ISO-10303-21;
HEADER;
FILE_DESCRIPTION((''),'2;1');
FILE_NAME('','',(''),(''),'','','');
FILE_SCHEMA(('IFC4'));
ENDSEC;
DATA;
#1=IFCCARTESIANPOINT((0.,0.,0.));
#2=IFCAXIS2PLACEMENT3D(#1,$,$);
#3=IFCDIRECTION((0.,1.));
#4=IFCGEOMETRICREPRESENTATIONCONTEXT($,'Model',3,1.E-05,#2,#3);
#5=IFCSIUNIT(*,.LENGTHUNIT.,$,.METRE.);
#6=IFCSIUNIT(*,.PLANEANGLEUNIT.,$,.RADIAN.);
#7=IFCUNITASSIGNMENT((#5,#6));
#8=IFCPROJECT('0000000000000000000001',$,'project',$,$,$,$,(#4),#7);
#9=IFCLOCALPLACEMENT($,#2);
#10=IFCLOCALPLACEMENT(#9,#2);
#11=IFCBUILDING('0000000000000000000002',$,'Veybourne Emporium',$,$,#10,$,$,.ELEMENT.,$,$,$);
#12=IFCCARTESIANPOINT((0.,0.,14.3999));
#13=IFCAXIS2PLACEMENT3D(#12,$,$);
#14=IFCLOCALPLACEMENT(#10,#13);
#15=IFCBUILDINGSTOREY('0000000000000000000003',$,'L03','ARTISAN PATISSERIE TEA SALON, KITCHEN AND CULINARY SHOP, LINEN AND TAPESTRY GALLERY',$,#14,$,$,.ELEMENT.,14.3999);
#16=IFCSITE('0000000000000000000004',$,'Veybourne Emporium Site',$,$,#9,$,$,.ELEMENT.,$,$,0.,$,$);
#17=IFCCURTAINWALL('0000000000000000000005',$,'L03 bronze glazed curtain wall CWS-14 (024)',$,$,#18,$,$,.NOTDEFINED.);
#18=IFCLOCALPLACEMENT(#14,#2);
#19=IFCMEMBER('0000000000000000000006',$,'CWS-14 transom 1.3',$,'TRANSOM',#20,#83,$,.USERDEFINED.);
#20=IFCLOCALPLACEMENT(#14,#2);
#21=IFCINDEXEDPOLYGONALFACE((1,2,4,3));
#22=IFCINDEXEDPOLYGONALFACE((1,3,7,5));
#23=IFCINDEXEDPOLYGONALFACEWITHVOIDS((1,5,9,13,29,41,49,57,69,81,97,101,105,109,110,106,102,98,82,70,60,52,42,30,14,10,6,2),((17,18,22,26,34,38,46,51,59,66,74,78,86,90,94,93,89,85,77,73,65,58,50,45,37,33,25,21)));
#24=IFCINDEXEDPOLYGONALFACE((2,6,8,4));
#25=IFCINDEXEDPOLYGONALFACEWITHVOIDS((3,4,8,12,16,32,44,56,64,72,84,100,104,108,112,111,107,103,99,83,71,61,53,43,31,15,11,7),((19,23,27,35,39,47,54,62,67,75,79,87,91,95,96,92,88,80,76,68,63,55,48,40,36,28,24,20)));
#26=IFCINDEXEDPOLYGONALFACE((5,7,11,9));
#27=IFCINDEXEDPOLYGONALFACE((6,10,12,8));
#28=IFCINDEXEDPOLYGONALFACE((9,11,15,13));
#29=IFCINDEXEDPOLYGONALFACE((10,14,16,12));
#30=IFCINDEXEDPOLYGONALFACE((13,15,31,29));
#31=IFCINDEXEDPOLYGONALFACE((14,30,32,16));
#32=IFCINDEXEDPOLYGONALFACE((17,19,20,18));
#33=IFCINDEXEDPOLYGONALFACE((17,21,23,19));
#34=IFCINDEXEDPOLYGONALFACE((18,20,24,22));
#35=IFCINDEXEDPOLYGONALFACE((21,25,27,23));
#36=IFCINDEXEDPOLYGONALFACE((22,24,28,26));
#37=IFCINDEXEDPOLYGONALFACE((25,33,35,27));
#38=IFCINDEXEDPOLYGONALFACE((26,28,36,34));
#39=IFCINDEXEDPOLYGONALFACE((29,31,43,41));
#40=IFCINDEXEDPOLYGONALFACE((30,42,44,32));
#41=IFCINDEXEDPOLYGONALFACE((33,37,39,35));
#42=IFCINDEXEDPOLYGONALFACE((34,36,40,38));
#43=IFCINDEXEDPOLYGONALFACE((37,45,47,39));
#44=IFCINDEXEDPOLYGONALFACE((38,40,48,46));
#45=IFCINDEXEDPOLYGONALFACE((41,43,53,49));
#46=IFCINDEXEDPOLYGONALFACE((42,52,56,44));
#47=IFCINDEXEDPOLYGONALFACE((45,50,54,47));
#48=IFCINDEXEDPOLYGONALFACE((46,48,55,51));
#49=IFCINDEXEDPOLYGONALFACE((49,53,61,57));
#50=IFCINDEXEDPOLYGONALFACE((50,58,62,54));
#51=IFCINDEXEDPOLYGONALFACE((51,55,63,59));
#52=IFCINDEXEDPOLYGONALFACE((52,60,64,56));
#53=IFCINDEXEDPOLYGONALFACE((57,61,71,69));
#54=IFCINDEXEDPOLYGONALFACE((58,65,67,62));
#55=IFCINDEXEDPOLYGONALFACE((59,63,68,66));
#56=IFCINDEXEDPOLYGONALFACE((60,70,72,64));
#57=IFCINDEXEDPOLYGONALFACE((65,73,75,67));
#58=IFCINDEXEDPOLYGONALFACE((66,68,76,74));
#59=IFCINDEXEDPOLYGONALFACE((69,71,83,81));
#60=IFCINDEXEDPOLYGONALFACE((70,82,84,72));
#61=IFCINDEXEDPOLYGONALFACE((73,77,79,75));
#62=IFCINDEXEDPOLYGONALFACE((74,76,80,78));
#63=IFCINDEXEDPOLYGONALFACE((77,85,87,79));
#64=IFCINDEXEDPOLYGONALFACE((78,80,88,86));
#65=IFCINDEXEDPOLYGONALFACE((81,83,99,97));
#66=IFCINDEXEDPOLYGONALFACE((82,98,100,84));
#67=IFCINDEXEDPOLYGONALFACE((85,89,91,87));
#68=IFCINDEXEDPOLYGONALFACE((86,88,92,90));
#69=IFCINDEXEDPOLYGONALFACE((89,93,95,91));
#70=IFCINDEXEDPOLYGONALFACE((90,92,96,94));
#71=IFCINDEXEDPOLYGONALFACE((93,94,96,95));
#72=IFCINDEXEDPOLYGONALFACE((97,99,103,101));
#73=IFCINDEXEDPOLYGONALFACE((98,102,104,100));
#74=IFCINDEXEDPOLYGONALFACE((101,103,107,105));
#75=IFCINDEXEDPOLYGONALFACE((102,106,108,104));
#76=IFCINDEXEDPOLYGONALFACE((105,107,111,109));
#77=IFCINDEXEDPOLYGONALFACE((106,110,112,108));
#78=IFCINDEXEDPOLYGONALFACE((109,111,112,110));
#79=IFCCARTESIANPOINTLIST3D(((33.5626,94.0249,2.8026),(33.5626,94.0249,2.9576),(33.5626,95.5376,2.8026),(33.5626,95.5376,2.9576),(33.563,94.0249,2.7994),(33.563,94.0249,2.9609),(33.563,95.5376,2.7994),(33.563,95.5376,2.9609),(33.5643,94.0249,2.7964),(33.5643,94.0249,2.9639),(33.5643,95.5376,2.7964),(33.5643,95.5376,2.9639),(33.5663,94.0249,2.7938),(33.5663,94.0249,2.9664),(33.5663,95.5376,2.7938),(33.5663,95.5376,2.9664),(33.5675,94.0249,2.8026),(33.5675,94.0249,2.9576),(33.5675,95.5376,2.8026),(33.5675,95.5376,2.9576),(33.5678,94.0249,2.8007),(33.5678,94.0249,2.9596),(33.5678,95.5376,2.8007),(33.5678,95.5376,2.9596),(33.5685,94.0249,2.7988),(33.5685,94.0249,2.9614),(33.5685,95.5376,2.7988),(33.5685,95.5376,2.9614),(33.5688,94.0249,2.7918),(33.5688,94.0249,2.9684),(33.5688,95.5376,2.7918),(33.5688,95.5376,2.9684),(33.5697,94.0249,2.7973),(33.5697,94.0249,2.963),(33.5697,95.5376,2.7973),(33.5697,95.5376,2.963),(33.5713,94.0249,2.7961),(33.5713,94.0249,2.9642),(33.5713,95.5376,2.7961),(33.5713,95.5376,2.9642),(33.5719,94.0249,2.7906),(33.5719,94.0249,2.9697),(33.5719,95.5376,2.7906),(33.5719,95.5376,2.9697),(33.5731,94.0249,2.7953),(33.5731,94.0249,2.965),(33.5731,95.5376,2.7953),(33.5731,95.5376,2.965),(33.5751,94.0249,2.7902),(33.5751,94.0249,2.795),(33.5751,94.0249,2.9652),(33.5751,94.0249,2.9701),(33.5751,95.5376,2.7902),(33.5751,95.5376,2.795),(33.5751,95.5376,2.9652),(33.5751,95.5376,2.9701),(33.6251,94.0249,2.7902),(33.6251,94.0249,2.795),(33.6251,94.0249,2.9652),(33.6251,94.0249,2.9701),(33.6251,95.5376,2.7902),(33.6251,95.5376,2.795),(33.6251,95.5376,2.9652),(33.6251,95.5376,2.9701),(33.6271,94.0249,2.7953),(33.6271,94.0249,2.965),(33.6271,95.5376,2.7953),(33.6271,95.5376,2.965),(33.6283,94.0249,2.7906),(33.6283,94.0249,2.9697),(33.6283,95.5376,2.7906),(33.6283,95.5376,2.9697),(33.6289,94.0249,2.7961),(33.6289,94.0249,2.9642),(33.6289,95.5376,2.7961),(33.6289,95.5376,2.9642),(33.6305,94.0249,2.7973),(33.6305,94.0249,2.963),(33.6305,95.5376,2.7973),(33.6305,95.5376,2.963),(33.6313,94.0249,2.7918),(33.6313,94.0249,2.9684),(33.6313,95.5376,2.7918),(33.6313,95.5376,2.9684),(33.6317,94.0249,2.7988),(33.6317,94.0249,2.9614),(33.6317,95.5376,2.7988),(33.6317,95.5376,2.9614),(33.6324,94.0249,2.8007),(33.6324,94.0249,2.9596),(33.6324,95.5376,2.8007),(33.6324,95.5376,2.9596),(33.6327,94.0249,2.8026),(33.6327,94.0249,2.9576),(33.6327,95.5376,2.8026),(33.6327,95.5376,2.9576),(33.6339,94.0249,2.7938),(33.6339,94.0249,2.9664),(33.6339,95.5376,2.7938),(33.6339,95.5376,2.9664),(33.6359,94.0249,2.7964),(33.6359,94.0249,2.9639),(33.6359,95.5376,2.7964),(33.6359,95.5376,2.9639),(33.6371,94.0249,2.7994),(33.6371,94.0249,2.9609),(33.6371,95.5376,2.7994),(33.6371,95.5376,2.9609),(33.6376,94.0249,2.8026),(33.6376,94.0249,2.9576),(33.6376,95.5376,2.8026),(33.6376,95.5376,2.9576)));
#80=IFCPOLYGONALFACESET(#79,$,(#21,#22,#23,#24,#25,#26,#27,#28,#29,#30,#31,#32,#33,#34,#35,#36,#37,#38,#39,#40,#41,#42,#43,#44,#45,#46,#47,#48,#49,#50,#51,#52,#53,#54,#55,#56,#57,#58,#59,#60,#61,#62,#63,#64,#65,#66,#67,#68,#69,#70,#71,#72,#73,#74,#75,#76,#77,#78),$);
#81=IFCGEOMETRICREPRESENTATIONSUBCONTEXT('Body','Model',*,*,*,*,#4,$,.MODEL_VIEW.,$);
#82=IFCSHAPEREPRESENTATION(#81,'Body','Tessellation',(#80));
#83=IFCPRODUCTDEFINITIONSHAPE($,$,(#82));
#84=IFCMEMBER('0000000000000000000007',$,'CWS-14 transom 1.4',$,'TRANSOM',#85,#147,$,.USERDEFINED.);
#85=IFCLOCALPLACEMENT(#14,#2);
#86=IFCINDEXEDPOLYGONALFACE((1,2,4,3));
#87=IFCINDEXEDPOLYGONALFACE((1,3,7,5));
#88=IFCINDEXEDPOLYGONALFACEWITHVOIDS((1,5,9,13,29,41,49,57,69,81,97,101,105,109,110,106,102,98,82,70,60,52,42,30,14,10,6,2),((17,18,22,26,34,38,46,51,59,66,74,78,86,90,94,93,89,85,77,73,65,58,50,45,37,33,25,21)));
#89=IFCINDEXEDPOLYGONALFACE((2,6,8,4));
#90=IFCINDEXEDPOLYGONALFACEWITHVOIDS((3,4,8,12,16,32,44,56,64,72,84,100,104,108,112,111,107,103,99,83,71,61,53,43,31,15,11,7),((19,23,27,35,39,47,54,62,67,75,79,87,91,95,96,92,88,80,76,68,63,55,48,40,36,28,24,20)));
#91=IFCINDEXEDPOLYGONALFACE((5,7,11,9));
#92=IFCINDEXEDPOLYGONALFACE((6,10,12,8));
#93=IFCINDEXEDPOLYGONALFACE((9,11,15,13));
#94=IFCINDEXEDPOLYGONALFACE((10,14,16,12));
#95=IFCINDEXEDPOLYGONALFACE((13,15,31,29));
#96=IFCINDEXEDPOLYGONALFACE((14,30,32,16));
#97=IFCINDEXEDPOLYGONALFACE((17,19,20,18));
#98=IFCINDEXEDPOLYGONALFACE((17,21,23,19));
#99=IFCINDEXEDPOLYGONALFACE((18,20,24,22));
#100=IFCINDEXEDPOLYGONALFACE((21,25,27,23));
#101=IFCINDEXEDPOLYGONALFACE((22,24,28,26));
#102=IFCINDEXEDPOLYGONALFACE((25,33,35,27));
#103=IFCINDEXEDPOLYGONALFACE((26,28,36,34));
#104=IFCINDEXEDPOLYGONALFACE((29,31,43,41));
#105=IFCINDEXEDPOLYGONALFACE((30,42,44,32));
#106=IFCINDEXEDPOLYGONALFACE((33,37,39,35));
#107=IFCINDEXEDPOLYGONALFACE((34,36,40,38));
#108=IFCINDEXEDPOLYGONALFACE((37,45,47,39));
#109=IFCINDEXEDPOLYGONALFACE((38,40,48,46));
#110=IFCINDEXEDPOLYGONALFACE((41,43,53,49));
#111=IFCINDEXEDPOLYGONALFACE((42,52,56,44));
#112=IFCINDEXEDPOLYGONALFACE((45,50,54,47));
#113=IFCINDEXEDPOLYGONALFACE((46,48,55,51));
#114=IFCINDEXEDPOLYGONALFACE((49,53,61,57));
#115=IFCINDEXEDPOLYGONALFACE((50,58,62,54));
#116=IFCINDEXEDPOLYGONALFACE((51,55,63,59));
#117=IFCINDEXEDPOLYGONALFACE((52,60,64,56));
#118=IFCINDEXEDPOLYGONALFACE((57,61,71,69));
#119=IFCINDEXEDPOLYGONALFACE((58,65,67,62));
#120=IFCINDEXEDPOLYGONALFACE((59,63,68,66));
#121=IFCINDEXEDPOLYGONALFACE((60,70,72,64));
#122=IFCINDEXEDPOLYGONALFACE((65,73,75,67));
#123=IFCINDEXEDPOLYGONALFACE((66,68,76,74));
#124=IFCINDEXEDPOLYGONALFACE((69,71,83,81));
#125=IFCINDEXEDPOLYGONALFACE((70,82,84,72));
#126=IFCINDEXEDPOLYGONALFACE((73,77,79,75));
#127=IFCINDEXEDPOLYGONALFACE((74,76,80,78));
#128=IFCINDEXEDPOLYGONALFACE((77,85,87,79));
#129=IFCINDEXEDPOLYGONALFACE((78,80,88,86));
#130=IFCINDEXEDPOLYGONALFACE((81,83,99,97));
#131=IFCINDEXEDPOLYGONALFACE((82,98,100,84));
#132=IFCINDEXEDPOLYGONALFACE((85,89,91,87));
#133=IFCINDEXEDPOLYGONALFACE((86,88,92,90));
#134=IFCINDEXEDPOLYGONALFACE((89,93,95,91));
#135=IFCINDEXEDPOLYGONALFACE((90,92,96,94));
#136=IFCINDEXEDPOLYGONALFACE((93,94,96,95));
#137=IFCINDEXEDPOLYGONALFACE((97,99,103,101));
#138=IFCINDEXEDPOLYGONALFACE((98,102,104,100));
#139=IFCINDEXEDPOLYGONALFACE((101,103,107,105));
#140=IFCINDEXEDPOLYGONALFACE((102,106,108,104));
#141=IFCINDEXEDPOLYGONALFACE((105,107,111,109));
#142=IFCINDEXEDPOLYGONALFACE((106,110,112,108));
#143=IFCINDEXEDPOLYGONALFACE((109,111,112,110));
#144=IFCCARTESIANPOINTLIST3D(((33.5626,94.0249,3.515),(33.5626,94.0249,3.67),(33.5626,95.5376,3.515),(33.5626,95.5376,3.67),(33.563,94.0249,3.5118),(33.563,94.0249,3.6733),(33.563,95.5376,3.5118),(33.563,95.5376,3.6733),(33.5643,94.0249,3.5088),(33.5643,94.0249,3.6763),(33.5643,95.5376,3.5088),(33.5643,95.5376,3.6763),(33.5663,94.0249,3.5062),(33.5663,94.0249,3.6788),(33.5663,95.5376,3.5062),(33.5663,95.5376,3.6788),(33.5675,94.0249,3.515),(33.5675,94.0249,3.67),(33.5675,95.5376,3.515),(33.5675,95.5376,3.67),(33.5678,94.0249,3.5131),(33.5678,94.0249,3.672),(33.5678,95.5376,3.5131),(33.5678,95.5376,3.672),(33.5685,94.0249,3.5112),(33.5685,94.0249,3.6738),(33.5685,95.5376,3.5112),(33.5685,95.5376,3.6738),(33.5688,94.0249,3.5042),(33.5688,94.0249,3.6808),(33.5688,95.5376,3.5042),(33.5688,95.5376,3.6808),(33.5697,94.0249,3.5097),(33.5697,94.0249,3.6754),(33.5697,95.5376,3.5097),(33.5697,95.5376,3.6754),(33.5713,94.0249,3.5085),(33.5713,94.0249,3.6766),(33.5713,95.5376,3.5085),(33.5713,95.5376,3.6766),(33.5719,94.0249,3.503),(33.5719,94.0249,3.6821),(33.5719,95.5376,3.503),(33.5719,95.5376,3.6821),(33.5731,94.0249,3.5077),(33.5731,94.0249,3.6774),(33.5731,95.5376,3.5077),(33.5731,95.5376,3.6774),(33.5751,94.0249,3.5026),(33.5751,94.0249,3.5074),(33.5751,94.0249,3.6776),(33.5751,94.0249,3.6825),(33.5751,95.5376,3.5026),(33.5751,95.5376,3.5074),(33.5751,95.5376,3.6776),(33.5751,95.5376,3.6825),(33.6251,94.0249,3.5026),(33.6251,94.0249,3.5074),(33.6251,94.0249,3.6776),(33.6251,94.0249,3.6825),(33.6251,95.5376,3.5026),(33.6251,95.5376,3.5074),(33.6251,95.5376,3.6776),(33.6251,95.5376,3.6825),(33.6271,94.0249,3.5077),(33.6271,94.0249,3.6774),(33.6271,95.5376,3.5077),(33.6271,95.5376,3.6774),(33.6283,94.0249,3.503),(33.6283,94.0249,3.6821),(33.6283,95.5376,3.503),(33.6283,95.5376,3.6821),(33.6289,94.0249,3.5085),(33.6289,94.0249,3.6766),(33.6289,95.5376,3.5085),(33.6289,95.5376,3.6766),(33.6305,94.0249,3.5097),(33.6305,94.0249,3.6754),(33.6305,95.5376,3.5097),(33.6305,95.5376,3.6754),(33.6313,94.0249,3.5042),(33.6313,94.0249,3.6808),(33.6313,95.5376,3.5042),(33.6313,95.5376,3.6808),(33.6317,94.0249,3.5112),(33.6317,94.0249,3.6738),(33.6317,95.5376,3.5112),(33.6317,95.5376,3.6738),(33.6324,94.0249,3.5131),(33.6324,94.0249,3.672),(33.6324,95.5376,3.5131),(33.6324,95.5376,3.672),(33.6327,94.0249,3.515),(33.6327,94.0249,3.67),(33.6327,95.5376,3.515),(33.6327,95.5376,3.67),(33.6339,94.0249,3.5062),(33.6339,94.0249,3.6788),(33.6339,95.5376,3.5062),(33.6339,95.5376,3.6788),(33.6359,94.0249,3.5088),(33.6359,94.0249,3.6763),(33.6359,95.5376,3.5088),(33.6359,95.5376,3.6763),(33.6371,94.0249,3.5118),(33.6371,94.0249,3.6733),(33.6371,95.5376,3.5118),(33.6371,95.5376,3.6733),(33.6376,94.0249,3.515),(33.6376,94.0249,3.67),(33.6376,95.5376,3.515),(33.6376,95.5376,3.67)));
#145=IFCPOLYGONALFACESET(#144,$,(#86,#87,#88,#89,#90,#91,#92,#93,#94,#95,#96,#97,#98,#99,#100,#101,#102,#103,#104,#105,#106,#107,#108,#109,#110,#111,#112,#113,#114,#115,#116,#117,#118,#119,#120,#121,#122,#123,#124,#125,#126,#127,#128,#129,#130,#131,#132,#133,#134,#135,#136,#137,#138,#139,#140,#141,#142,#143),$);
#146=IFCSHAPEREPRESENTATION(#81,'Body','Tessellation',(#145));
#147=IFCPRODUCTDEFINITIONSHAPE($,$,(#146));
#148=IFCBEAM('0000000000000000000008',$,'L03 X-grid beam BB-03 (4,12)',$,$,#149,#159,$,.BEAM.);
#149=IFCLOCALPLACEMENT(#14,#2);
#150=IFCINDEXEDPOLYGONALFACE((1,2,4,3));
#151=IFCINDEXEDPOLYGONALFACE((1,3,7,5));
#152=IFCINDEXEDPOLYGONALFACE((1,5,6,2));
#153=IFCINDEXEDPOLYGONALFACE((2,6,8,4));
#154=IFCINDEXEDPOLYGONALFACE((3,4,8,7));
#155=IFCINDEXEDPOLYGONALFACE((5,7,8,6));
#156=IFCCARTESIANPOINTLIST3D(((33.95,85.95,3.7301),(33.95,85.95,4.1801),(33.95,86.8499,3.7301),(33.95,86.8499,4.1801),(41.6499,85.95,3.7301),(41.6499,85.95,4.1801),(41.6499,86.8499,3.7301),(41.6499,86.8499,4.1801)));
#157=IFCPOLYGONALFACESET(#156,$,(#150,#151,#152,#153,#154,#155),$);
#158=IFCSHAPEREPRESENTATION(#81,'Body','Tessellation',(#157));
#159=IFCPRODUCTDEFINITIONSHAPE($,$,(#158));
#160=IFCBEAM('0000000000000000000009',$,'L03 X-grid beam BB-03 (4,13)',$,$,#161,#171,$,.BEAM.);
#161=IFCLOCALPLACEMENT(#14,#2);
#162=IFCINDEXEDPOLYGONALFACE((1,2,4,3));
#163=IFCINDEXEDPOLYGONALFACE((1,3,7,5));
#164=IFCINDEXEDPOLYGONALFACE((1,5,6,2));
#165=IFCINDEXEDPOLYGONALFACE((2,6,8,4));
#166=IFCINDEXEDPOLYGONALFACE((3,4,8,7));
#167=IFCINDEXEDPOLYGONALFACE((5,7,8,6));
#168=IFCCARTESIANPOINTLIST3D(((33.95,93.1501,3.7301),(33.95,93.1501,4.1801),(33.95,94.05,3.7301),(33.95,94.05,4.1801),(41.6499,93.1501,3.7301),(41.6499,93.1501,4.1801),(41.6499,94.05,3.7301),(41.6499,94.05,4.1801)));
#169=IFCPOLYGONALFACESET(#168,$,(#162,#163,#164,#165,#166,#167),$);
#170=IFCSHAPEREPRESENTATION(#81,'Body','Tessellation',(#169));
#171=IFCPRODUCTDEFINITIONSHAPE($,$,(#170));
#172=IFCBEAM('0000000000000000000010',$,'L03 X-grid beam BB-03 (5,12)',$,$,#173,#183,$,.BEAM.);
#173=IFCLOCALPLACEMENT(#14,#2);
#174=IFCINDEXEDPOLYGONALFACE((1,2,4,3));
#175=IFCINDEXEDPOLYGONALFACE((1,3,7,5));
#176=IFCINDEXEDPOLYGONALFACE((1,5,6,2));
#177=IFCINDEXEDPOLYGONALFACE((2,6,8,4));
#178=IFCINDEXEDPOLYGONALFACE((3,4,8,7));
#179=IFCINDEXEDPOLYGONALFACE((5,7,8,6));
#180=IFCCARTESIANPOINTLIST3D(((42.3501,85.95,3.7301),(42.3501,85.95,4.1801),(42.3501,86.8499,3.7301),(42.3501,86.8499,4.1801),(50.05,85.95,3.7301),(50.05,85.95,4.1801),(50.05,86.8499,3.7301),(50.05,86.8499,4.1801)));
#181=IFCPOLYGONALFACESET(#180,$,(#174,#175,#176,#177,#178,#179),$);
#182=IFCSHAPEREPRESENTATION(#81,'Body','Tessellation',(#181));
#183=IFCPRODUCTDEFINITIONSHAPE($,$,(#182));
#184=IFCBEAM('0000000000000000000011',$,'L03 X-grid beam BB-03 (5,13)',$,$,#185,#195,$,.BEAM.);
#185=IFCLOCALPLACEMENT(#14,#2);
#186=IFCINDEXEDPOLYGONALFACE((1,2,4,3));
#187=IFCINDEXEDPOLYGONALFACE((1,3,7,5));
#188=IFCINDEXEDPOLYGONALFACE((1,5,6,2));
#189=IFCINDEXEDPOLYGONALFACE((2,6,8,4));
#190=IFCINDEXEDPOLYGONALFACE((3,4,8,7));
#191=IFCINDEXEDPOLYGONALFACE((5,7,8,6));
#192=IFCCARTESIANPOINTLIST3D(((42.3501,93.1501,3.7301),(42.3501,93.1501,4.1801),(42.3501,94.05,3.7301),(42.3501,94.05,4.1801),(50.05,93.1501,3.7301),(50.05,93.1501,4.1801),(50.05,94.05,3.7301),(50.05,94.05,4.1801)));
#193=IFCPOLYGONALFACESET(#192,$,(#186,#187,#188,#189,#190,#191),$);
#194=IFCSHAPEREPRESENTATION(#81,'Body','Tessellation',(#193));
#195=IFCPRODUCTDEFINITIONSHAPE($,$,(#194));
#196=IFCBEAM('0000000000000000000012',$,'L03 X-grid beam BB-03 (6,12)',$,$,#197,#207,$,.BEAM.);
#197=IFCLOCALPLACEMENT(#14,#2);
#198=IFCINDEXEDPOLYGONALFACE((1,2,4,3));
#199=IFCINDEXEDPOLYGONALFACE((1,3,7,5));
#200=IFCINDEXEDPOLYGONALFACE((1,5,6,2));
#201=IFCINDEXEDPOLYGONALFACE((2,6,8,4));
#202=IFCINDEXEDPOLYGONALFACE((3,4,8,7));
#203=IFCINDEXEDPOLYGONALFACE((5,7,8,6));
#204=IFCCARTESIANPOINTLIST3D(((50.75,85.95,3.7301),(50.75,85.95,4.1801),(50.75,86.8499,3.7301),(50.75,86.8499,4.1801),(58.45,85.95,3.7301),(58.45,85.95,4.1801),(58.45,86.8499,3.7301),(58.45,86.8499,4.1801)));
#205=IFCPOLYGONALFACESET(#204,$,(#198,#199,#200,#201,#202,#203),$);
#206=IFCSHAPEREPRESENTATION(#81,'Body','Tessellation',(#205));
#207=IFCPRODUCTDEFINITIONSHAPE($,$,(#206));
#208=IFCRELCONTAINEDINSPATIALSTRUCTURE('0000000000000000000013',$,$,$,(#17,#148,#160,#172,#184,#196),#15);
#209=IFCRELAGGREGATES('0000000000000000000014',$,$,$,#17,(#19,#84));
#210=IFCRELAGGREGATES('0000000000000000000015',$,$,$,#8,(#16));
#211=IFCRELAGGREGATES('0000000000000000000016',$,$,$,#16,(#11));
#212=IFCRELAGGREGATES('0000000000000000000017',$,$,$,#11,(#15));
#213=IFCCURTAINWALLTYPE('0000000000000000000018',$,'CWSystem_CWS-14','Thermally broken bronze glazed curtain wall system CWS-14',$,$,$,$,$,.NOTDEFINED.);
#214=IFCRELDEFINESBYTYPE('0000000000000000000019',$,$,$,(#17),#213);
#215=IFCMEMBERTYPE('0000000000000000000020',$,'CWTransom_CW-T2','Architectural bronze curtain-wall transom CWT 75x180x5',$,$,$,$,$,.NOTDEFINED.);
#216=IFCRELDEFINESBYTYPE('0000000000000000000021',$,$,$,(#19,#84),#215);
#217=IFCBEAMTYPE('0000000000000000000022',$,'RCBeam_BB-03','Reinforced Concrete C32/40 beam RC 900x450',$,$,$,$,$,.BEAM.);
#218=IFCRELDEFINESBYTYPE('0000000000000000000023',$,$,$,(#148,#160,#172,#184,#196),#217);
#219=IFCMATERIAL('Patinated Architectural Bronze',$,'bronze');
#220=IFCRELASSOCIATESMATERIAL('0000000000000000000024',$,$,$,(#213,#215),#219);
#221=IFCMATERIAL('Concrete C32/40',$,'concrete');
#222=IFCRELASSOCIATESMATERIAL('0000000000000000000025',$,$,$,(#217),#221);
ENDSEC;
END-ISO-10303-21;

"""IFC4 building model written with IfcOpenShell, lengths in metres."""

from ifc_helpers import new_model, si_unit, direction, frame, origin, origin_2d, place, context, subcontext, project, spatial, rectangle, hollow_rectangle, extrude, material, material_profile, profile_set, type_object, element, aggregate, save


model = new_model("IFC4")

# Units and contexts
model_context = context("Model", 3, precision=1e-05, world=origin(), true_north=direction((0.0, 1.0)))
body_context = subcontext(model_context, "Body", "Model", "MODEL_VIEW")
ifc_project = project(units=[si_unit("LENGTHUNIT", "METRE"), si_unit("PLANEANGLEUNIT", "RADIAN")], contexts=[model_context])

# Site, building, storey
site_placement = place(None, origin())
site = spatial("IfcSite", under=ifc_project, at=site_placement, Name="Veybourne Emporium Site", CompositionType="ELEMENT", RefElevation=0.0)
building_placement = place(site_placement, origin())
building = spatial("IfcBuilding", under=site, at=building_placement, Name="Veybourne Emporium", CompositionType="ELEMENT")
storey_placement = place(building_placement, frame((0.0, 0.0, 14.3999)))
storey = spatial("IfcBuildingStorey", under=building, at=storey_placement, Name="L03", Description="ARTISAN PATISSERIE TEA SALON, KITCHEN AND CULINARY SHOP, LINEN AND TAPESTRY GALLERY", CompositionType="ELEMENT", Elevation=14.3999)

# Curtain wall, members
ifc_material_1 = material(Name="Patinated Architectural Bronze", Category="bronze")
curtain_wall_type = type_object("IfcCurtainWallType", Name="CWSystem_CWS-14", Description="Thermally broken bronze glazed curtain wall system CWS-14", PredefinedType="NOTDEFINED", material=ifc_material_1)
curtain_wall_placement = place(storey_placement, origin())
curtain_wall = element("IfcCurtainWall", 1, at=curtain_wall_placement, inside=storey, type_object=curtain_wall_type, Name="L03 bronze glazed curtain wall CWS-14 (024)", PredefinedType="NOTDEFINED")
ifc_material_profile_1 = material_profile(ifc_material_1, hollow_rectangle(XDim=0.075, YDim=0.1799, WallThickness=0.0049, InnerFilletRadius=0.0076, OuterFilletRadius=0.0125, at=origin_2d()), Name="CWT 75x180x5")
ifc_profile_set_1 = profile_set([ifc_material_profile_1], Name="Patinated Architectural Bronze")
member_type_1 = type_object("IfcMemberType", Name="CWTransom_CW-T2", Description="Architectural bronze curtain-wall transom CWT 75x180x5", PredefinedType="NOTDEFINED", material=ifc_profile_set_1)
member_1_placement = place(storey_placement, frame((33.6001, 94.0249, 2.8801), z_axis=(0.0, 1.0, 0.0), x_axis=(-1.0, 0.0, 0.0)))
member_1 = element("IfcMember", 2, at=member_1_placement, type_object=member_type_1, Name="CWS-14 transom 1.3", ObjectType="TRANSOM", PredefinedType="USERDEFINED", context=body_context, shape_type="SweptSolid", body=[
    extrude(hollow_rectangle(XDim=0.075, YDim=0.1799, WallThickness=0.0049, InnerFilletRadius=0.0076, OuterFilletRadius=0.0125, at=origin_2d()), origin(), (0.0, 0.0, 1.0), 1.5127),
])
member_2_placement = place(storey_placement, frame((33.6001, 94.0249, 3.5925), z_axis=(0.0, 1.0, 0.0), x_axis=(-1.0, 0.0, 0.0)))
member_2 = element("IfcMember", 3, at=member_2_placement, type_object=member_type_1, Name="CWS-14 transom 1.4", ObjectType="TRANSOM", PredefinedType="USERDEFINED", context=body_context, shape_type="SweptSolid", body=[
    extrude(hollow_rectangle(XDim=0.075, YDim=0.1799, WallThickness=0.0049, InnerFilletRadius=0.0076, OuterFilletRadius=0.0125, at=origin_2d()), origin(), (0.0, 0.0, 1.0), 1.5127),
])
aggregate(curtain_wall, [member_1, member_2])

# Beams
ifc_material_2 = material(Name="Concrete C32/40", Category="concrete")
ifc_material_profile_2 = material_profile(ifc_material_2, rectangle(XDim=0.8999, YDim=0.45, at=origin_2d()), Name="RC 900x450")
ifc_profile_set_2 = profile_set([ifc_material_profile_2], Name="Concrete C32/40")
beam_type_1 = type_object("IfcBeamType", Name="RCBeam_BB-03", Description="Reinforced Concrete C32/40 beam RC 900x450", PredefinedType="BEAM", material=ifc_profile_set_2)
for number, where, z_axis, x_axis, name in (
    (4, (33.95, 86.3999, 3.9551), (1.0, 0.0, 0.0), (0.0, 1.0, 0.0), "L03 X-grid beam BB-03 (4,12)"),
    (5, (33.95, 93.6001, 3.9551), (1.0, 0.0, 0.0), (0.0, 1.0, 0.0), "L03 X-grid beam BB-03 (4,13)"),
    (6, (42.3501, 86.3999, 3.9551), (1.0, 0.0, 0.0), (0.0, 1.0, 0.0), "L03 X-grid beam BB-03 (5,12)"),
    (7, (42.3501, 93.6001, 3.9551), (1.0, 0.0, 0.0), (0.0, 1.0, 0.0), "L03 X-grid beam BB-03 (5,13)"),
    (8, (50.75, 86.3999, 3.9551), (1.0, 0.0, 0.0), (0.0, 1.0, 0.0), "L03 X-grid beam BB-03 (6,12)"),
):
    element("IfcBeam", number, at=place(storey_placement, frame(where, z_axis=z_axis, x_axis=x_axis)), inside=storey, type_object=beam_type_1, Name=name, PredefinedType="BEAM", context=body_context, shape_type="SweptSolid", body=[
        extrude(rectangle(XDim=0.8999, YDim=0.45, at=origin_2d()), origin(), (0.0, 0.0, 1.0), 7.7),
    ])

save(model, "model.ifc")
